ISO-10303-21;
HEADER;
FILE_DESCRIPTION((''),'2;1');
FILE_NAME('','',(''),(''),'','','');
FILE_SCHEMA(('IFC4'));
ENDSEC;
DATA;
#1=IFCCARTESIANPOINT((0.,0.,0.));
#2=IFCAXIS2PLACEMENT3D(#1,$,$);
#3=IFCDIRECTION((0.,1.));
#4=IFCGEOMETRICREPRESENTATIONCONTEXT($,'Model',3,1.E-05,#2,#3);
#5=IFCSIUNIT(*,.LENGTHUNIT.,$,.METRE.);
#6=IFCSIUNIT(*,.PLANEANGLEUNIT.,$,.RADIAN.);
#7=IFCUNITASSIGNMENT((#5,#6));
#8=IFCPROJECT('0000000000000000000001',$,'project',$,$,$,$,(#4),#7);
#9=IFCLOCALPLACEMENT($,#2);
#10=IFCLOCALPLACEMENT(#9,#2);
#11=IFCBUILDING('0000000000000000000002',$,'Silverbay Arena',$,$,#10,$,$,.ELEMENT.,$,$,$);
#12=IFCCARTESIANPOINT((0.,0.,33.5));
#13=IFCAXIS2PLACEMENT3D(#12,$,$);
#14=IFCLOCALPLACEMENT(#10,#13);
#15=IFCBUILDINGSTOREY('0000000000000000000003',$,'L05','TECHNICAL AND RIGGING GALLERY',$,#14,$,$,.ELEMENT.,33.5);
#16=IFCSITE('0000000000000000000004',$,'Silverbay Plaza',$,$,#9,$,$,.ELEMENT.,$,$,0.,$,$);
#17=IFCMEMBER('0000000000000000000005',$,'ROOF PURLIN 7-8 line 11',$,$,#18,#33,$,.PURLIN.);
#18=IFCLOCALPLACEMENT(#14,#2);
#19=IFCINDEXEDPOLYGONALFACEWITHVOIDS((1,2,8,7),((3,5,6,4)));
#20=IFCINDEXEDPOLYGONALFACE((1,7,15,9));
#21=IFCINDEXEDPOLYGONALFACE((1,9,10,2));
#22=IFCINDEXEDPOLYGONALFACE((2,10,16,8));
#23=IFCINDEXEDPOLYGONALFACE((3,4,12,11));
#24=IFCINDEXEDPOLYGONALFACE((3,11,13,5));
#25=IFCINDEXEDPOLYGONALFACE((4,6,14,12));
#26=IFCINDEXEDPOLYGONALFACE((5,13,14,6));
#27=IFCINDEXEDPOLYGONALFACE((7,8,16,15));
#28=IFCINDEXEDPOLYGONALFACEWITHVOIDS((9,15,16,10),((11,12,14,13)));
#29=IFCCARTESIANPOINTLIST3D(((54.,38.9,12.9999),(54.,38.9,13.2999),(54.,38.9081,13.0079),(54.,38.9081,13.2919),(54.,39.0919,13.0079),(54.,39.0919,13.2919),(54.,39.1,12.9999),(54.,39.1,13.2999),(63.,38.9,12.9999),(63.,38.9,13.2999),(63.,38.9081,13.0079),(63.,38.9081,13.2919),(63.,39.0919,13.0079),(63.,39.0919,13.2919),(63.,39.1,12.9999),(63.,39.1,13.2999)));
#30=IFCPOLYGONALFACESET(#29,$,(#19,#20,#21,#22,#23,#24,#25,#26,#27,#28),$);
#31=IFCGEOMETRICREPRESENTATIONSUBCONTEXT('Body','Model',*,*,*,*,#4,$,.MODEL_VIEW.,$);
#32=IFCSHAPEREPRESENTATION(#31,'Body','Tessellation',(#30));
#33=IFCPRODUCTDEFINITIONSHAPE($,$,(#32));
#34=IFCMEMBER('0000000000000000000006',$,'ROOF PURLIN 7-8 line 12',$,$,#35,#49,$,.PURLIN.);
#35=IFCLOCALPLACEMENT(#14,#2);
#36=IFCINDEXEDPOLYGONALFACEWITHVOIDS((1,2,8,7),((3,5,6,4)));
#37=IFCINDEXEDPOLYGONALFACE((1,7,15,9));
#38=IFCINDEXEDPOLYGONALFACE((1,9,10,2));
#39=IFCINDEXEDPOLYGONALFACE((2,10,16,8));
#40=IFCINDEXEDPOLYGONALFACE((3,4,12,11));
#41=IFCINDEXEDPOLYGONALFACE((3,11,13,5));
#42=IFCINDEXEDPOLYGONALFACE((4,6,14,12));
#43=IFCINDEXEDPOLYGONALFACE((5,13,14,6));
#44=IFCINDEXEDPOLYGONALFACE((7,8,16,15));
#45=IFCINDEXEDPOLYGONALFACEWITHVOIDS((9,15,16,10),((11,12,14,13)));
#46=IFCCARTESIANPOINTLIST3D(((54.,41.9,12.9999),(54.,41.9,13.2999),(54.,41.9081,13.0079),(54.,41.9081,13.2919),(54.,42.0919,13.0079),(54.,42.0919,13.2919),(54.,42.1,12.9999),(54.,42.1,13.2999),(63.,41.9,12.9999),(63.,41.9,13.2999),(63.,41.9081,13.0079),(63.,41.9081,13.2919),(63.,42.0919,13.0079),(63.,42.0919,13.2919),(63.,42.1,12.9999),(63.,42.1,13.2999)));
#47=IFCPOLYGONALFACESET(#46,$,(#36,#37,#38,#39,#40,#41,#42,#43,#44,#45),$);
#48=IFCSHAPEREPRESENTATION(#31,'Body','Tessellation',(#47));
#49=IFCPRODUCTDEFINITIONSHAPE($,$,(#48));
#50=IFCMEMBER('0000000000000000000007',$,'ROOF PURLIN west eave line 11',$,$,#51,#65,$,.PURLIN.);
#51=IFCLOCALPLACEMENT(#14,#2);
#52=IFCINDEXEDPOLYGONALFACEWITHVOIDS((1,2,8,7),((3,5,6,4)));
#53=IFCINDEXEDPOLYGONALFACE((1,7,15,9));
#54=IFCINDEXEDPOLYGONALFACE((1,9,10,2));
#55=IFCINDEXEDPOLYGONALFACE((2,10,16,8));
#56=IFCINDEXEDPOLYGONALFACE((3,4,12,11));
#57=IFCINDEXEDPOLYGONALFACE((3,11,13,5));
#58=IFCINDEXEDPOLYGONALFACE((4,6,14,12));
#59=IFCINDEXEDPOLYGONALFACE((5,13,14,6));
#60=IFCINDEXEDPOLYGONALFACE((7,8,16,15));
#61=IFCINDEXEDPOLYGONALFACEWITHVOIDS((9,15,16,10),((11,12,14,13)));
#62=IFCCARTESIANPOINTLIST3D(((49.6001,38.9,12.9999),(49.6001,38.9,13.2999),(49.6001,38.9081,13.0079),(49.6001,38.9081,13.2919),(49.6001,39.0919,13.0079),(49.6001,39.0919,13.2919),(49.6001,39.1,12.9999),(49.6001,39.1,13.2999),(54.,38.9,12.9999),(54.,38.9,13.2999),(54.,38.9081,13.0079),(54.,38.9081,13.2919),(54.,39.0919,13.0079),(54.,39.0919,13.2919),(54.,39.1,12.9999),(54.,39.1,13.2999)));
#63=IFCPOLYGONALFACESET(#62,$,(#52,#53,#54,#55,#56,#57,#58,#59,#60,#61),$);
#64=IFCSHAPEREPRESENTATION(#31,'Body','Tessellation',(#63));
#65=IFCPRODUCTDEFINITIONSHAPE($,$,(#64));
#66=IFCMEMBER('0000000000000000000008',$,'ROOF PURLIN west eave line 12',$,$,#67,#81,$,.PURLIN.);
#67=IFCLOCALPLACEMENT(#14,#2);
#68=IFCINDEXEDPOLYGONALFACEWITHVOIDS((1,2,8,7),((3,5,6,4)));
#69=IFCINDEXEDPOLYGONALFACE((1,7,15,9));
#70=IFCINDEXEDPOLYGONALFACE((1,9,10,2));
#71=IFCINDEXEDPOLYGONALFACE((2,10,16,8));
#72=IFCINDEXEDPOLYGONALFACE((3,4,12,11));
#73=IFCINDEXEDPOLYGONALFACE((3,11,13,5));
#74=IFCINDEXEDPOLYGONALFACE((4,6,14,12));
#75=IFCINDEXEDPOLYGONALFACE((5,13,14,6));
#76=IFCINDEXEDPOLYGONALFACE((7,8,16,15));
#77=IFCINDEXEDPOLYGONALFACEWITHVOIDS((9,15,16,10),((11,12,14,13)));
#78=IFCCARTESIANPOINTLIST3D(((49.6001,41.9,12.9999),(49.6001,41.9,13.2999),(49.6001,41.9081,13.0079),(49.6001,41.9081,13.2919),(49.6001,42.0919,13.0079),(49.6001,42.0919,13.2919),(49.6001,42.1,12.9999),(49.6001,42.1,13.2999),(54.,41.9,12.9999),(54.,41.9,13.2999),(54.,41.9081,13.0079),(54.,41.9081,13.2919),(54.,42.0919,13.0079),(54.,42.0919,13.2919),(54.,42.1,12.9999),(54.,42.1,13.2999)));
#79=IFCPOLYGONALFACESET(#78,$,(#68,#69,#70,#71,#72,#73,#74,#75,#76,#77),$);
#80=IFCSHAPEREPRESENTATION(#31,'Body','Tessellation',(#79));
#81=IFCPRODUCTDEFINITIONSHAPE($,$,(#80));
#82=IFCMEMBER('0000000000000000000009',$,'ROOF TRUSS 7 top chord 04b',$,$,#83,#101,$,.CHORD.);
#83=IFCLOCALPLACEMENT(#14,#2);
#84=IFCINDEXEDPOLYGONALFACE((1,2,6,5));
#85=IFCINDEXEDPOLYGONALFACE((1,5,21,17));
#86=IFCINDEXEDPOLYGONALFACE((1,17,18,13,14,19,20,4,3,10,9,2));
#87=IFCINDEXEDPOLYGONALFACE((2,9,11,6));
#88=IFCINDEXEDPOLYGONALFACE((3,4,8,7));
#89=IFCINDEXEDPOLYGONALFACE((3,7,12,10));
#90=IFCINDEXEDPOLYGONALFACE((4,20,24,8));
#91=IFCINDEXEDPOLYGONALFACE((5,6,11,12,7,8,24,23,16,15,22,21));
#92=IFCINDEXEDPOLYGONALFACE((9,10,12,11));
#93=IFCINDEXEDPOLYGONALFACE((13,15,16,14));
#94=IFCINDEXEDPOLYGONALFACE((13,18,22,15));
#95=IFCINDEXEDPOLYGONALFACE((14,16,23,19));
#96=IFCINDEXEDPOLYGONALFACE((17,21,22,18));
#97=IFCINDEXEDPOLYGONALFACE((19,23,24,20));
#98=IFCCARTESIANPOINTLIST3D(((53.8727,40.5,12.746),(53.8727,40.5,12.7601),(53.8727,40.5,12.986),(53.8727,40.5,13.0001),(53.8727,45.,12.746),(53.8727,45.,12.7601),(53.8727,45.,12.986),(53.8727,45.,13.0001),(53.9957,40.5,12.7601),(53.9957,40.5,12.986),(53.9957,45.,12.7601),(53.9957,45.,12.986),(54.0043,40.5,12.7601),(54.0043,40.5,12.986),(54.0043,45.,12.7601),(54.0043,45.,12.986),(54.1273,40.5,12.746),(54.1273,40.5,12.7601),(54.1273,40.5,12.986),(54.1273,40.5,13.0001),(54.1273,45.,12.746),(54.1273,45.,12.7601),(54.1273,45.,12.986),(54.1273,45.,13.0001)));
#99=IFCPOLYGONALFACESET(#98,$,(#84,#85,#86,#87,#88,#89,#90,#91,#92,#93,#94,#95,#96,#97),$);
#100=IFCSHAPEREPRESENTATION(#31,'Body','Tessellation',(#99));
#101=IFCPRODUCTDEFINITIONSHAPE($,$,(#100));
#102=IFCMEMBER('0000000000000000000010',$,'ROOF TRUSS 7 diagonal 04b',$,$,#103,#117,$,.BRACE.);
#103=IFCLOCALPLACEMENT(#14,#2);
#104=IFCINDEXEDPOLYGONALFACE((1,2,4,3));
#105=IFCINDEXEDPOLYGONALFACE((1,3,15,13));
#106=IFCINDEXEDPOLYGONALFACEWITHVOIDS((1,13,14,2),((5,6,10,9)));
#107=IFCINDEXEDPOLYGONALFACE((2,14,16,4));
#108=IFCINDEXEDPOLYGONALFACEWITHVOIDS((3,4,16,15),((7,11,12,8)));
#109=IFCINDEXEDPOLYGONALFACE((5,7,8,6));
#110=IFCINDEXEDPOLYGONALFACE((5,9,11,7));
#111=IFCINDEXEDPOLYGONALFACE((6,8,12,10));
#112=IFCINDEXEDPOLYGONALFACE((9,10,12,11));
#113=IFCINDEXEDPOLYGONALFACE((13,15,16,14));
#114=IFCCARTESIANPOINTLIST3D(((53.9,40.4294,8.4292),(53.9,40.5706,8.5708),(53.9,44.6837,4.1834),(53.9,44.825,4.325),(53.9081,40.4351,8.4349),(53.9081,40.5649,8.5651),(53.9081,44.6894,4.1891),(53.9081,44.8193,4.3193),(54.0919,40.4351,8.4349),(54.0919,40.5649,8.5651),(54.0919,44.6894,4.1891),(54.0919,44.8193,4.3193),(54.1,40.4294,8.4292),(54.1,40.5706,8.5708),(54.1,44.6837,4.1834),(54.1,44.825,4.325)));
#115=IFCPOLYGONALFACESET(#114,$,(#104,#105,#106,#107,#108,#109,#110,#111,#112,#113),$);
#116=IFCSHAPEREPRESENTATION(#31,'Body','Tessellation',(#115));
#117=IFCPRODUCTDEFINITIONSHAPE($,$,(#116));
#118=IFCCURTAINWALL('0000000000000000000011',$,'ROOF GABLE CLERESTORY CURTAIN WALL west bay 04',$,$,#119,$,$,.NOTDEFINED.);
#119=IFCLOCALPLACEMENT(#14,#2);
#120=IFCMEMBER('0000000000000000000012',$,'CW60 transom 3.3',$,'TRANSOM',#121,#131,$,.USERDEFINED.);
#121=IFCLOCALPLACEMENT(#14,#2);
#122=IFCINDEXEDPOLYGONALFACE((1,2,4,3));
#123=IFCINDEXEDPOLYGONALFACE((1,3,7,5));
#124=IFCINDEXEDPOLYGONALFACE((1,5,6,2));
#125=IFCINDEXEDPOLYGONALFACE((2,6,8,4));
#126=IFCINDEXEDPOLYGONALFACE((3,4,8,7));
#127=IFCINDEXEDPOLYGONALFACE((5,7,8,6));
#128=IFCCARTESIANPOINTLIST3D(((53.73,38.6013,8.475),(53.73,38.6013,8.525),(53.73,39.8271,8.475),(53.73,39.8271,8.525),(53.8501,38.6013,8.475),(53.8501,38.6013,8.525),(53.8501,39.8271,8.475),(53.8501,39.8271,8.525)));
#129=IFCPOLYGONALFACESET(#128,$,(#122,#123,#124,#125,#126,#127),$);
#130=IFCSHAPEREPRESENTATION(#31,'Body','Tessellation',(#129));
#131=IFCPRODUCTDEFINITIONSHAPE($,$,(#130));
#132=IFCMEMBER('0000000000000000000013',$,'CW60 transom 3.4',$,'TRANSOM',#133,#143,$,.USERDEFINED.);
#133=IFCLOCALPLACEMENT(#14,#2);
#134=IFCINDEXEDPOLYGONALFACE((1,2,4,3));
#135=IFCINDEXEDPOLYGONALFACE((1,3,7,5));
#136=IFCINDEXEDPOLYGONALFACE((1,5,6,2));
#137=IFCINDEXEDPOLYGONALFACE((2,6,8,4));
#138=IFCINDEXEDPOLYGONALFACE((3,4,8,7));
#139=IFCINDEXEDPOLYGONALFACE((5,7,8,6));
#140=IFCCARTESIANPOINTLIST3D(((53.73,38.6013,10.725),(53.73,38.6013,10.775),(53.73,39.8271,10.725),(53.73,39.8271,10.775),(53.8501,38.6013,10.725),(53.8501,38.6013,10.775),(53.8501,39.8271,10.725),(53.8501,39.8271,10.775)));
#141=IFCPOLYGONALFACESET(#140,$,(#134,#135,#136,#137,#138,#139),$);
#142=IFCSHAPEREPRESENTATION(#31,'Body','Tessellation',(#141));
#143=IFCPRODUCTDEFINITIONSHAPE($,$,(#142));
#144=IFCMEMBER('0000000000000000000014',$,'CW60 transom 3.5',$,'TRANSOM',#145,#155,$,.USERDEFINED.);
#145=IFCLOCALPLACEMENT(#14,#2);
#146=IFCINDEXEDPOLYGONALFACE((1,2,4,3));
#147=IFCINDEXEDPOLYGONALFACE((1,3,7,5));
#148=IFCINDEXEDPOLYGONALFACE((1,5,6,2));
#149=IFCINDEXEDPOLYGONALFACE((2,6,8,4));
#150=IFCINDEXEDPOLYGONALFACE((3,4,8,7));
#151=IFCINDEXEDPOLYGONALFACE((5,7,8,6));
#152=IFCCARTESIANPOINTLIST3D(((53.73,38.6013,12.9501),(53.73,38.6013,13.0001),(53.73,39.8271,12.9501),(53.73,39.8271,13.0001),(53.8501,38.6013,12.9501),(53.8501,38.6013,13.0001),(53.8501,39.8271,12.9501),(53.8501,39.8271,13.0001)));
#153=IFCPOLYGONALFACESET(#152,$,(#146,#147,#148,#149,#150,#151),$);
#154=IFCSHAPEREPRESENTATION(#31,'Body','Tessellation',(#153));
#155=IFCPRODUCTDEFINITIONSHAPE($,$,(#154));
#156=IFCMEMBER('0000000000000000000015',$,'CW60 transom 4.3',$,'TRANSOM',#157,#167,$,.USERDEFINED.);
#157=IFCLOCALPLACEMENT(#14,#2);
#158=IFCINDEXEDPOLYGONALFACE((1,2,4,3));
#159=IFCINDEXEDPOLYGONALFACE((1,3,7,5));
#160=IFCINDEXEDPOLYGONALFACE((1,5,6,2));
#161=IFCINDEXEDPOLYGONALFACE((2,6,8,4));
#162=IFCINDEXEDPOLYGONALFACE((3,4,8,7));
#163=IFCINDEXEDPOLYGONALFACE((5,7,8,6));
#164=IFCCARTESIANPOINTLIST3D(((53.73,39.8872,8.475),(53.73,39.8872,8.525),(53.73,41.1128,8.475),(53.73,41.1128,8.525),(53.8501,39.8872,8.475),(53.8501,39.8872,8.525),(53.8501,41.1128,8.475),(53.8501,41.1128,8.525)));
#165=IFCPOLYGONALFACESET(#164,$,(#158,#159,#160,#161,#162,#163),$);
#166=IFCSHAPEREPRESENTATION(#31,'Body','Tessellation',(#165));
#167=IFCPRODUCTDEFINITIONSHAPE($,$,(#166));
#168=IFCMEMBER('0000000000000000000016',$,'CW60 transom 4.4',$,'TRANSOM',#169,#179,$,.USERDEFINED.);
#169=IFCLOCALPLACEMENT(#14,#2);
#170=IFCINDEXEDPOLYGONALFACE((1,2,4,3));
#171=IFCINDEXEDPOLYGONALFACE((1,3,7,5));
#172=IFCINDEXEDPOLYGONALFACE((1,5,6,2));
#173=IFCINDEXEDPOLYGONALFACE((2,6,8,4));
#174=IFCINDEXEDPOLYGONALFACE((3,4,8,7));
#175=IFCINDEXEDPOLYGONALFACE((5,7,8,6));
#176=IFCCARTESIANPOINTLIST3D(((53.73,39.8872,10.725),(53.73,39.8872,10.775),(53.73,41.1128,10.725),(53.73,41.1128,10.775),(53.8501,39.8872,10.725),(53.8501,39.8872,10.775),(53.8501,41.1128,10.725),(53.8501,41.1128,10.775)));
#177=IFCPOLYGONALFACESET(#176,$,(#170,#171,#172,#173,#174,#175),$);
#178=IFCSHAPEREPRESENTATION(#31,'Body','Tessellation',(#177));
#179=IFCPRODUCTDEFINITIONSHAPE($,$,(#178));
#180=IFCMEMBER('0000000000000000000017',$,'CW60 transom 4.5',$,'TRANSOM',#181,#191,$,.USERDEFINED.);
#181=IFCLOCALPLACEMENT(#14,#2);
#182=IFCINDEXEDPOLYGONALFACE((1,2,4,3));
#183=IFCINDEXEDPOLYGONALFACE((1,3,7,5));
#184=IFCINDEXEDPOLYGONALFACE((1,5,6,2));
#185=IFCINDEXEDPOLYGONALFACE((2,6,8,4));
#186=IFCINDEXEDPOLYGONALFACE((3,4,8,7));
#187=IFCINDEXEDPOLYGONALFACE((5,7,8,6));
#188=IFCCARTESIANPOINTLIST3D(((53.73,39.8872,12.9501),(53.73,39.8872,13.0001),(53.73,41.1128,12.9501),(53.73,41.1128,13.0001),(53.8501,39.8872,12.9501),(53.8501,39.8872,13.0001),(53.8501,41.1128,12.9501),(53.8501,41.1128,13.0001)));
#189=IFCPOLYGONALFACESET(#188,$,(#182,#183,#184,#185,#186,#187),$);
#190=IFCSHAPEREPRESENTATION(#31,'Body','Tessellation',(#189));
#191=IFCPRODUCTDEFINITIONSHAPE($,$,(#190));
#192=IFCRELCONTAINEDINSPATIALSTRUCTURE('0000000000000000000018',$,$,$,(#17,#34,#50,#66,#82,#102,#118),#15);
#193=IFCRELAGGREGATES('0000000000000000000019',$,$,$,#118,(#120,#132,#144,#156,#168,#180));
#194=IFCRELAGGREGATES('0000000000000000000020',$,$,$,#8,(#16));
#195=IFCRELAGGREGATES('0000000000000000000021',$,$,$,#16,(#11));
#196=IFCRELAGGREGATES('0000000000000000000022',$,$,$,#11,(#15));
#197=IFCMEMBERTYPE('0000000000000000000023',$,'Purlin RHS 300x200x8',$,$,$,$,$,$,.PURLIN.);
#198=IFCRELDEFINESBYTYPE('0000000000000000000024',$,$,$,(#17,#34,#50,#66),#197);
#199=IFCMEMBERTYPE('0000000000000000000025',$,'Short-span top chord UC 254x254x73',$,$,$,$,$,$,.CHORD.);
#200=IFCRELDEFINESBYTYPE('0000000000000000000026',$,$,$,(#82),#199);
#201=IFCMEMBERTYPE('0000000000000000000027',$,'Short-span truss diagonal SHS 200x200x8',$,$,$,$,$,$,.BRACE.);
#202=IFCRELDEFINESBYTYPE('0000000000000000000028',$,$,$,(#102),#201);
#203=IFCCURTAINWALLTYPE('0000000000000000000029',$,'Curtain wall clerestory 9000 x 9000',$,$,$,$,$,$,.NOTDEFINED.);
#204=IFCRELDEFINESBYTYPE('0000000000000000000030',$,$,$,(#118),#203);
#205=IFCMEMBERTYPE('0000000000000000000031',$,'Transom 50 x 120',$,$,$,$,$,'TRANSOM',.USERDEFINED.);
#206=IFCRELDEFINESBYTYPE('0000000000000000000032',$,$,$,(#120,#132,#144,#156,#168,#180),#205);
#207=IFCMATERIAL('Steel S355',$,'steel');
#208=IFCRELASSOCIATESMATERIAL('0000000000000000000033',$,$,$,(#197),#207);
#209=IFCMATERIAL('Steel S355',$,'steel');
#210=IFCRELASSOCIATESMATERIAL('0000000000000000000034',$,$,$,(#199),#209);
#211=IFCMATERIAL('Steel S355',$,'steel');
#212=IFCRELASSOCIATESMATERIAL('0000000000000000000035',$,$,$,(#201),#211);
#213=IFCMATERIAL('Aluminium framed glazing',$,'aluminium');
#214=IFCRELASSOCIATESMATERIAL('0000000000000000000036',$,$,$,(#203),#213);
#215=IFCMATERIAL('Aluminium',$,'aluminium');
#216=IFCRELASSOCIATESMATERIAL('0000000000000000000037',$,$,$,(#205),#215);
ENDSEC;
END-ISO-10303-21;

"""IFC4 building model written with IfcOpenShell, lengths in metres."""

from ifc_helpers import new_model, si_unit, direction, frame, origin, origin_2d, place, context, subcontext, project, spatial, rectangle, hollow_rectangle, i_section, extrude, material, material_profile, profile_set, type_object, element, aggregate, save


model = new_model("IFC4")

# Units and contexts
model_context = context("Model", 3, precision=1e-05, world=origin(), true_north=direction((0.0, 1.0)))
body_context = subcontext(model_context, "Body", "Model", "MODEL_VIEW")
ifc_project = project(units=[si_unit("LENGTHUNIT", "METRE"), si_unit("PLANEANGLEUNIT", "RADIAN")], contexts=[model_context])

# Site, building, storey
site_placement = place(None, origin())
site = spatial("IfcSite", under=ifc_project, at=site_placement, Name="Silverbay Plaza", CompositionType="ELEMENT", RefElevation=0.0)
building_placement = place(site_placement, origin())
building = spatial("IfcBuilding", under=site, at=building_placement, Name="Silverbay Arena", CompositionType="ELEMENT")
storey_placement = place(building_placement, frame((0.0, 0.0, 33.5)))
storey = spatial("IfcBuildingStorey", under=building, at=storey_placement, Name="L05", Description="TECHNICAL AND RIGGING GALLERY", CompositionType="ELEMENT", Elevation=33.5)

# Members
ifc_material_1 = material(Name="Steel S355", Category="steel")
ifc_material_profile_1 = material_profile(ifc_material_1, hollow_rectangle(XDim=0.2, YDim=0.3, WallThickness=0.0081, at=origin_2d()), Name="RHS 300x200x8")
ifc_profile_set_1 = profile_set([ifc_material_profile_1], Name="Steel S355")
member_type_1 = type_object("IfcMemberType", Name="Purlin RHS 300x200x8", PredefinedType="PURLIN", material=ifc_profile_set_1)
for number, where, z_axis, x_axis, name in (
    (1, (54.0, 39.0, 13.1499), (1.0, 0.0, 0.0), (0.0, 1.0, 0.0), "ROOF PURLIN 7-8 line 11"),
    (2, (54.0, 42.0, 13.1499), (1.0, 0.0, 0.0), (0.0, 1.0, 0.0), "ROOF PURLIN 7-8 line 12"),
):
    element("IfcMember", number, at=place(storey_placement, frame(where, z_axis=z_axis, x_axis=x_axis)), inside=storey, type_object=member_type_1, Name=name, PredefinedType="PURLIN", context=body_context, shape_type="SweptSolid", body=[
        extrude(hollow_rectangle(XDim=0.2, YDim=0.3, WallThickness=0.0081, at=origin_2d()), origin(), (0.0, 0.0, 1.0), 9.0),
    ])
for number, where, z_axis, x_axis, name in (
    (3, (49.6001, 39.0, 13.1499), (1.0, 0.0, 0.0), (0.0, 1.0, 0.0), "ROOF PURLIN west eave line 11"),
    (4, (49.6001, 42.0, 13.1499), (1.0, 0.0, 0.0), (0.0, 1.0, 0.0), "ROOF PURLIN west eave line 12"),
):
    element("IfcMember", number, at=place(storey_placement, frame(where, z_axis=z_axis, x_axis=x_axis)), inside=storey, type_object=member_type_1, Name=name, PredefinedType="PURLIN", context=body_context, shape_type="SweptSolid", body=[
        extrude(hollow_rectangle(XDim=0.2, YDim=0.3, WallThickness=0.0081, at=origin_2d()), origin(), (0.0, 0.0, 1.0), 4.3999),
    ])
ifc_material_2 = material(Name="Steel S355", Category="steel")
ifc_material_profile_2 = material_profile(ifc_material_2, i_section(OverallWidth=0.2546, OverallDepth=0.2542, WebThickness=0.0085, FlangeThickness=0.0142, at=origin_2d()), Name="UC 254x254x73")
ifc_profile_set_2 = profile_set([ifc_material_profile_2], Name="Steel S355")
member_type_2 = type_object("IfcMemberType", Name="Short-span top chord UC 254x254x73", PredefinedType="CHORD", material=ifc_profile_set_2)
member_1_placement = place(storey_placement, frame((54.0, 40.5, 12.873), z_axis=(0.0, 1.0, 0.0), x_axis=(-1.0, 0.0, 0.0)))
element("IfcMember", 5, at=member_1_placement, inside=storey, type_object=member_type_2, Name="ROOF TRUSS 7 top chord 04b", PredefinedType="CHORD", context=body_context, shape_type="SweptSolid", body=[
    extrude(i_section(OverallWidth=0.2546, OverallDepth=0.2542, WebThickness=0.0085, FlangeThickness=0.0142, at=origin_2d()), origin(), (0.0, 0.0, 1.0), 4.5),
])
ifc_material_3 = material(Name="Steel S355", Category="steel")
ifc_material_profile_3 = material_profile(ifc_material_3, hollow_rectangle(XDim=0.2, YDim=0.2, WallThickness=0.0081, at=origin_2d()), Name="SHS 200x200x8")
ifc_profile_set_3 = profile_set([ifc_material_profile_3], Name="Steel S355")
member_type_3 = type_object("IfcMemberType", Name="Short-span truss diagonal SHS 200x200x8", PredefinedType="BRACE", material=ifc_profile_set_3)
member_2_placement = place(storey_placement, frame((54.0, 40.5, 8.5), z_axis=(0.0, 0.707817, -0.706396), x_axis=(-1.0, 0.0, 0.0)))
element("IfcMember", 6, at=member_2_placement, inside=storey, type_object=member_type_3, Name="ROOF TRUSS 7 diagonal 04b", PredefinedType="BRACE", context=body_context, shape_type="SweptSolid", body=[
    extrude(hollow_rectangle(XDim=0.2, YDim=0.2, WallThickness=0.0081, at=origin_2d()), origin(), (0.0, 0.0, 1.0), 6.0105),
])

# Curtain wall, members
ifc_material_4 = material(Name="Aluminium framed glazing", Category="aluminium")
curtain_wall_type = type_object("IfcCurtainWallType", Name="Curtain wall clerestory 9000 x 9000", PredefinedType="NOTDEFINED", material=ifc_material_4)
curtain_wall_placement = place(storey_placement, origin())
curtain_wall = element("IfcCurtainWall", 7, at=curtain_wall_placement, inside=storey, type_object=curtain_wall_type, Name="ROOF GABLE CLERESTORY CURTAIN WALL west bay 04", PredefinedType="NOTDEFINED")
ifc_material_5 = material(Name="Aluminium", Category="aluminium")
ifc_material_profile_4 = material_profile(ifc_material_5, rectangle(XDim=0.1201, YDim=0.05, at=origin_2d()), Name="Transom 50 x 120")
ifc_profile_set_4 = profile_set([ifc_material_profile_4], Name="Aluminium")
member_type_4 = type_object("IfcMemberType", Name="Transom 50 x 120", ElementType="TRANSOM", PredefinedType="USERDEFINED", material=ifc_profile_set_4)
member_3_placement = place(storey_placement, frame((53.79, 38.6013, 8.5), z_axis=(0.0, 1.0, 0.0), x_axis=(-1.0, 0.0, 0.0)))
member_3 = element("IfcMember", 8, at=member_3_placement, type_object=member_type_4, Name="CW60 transom 3.3", ObjectType="TRANSOM", PredefinedType="USERDEFINED", context=body_context, shape_type="SweptSolid", body=[
    extrude(rectangle(XDim=0.1201, YDim=0.05, at=origin_2d()), origin(), (0.0, 0.0, 1.0), 1.2258),
])
member_4_placement = place(storey_placement, frame((53.79, 38.6013, 10.75), z_axis=(0.0, 1.0, 0.0), x_axis=(-1.0, 0.0, 0.0)))
member_4 = element("IfcMember", 9, at=member_4_placement, type_object=member_type_4, Name="CW60 transom 3.4", ObjectType="TRANSOM", PredefinedType="USERDEFINED", context=body_context, shape_type="SweptSolid", body=[
    extrude(rectangle(XDim=0.1201, YDim=0.05, at=origin_2d()), origin(), (0.0, 0.0, 1.0), 1.2258),
])
member_5_placement = place(storey_placement, frame((53.79, 38.6013, 12.9751), z_axis=(0.0, 1.0, 0.0), x_axis=(-1.0, 0.0, 0.0)))
member_5 = element("IfcMember", 10, at=member_5_placement, type_object=member_type_4, Name="CW60 transom 3.5", ObjectType="TRANSOM", PredefinedType="USERDEFINED", context=body_context, shape_type="SweptSolid", body=[
    extrude(rectangle(XDim=0.1201, YDim=0.05, at=origin_2d()), origin(), (0.0, 0.0, 1.0), 1.2258),
])
member_6_placement = place(storey_placement, frame((53.79, 39.8872, 8.5), z_axis=(0.0, 1.0, 0.0), x_axis=(-1.0, 0.0, 0.0)))
member_6 = element("IfcMember", 11, at=member_6_placement, type_object=member_type_4, Name="CW60 transom 4.3", ObjectType="TRANSOM", PredefinedType="USERDEFINED", context=body_context, shape_type="SweptSolid", body=[
    extrude(rectangle(XDim=0.1201, YDim=0.05, at=origin_2d()), origin(), (0.0, 0.0, 1.0), 1.2256),
])
member_7_placement = place(storey_placement, frame((53.79, 39.8872, 10.75), z_axis=(0.0, 1.0, 0.0), x_axis=(-1.0, 0.0, 0.0)))
member_7 = element("IfcMember", 12, at=member_7_placement, type_object=member_type_4, Name="CW60 transom 4.4", ObjectType="TRANSOM", PredefinedType="USERDEFINED", context=body_context, shape_type="SweptSolid", body=[
    extrude(rectangle(XDim=0.1201, YDim=0.05, at=origin_2d()), origin(), (0.0, 0.0, 1.0), 1.2256),
])
member_8_placement = place(storey_placement, frame((53.79, 39.8872, 12.9751), z_axis=(0.0, 1.0, 0.0), x_axis=(-1.0, 0.0, 0.0)))
member_8 = element("IfcMember", 13, at=member_8_placement, type_object=member_type_4, Name="CW60 transom 4.5", ObjectType="TRANSOM", PredefinedType="USERDEFINED", context=body_context, shape_type="SweptSolid", body=[
    extrude(rectangle(XDim=0.1201, YDim=0.05, at=origin_2d()), origin(), (0.0, 0.0, 1.0), 1.2256),
])
aggregate(curtain_wall, [member_3, member_4, member_5, member_6, member_7, member_8])

save(model, "model.ifc")
